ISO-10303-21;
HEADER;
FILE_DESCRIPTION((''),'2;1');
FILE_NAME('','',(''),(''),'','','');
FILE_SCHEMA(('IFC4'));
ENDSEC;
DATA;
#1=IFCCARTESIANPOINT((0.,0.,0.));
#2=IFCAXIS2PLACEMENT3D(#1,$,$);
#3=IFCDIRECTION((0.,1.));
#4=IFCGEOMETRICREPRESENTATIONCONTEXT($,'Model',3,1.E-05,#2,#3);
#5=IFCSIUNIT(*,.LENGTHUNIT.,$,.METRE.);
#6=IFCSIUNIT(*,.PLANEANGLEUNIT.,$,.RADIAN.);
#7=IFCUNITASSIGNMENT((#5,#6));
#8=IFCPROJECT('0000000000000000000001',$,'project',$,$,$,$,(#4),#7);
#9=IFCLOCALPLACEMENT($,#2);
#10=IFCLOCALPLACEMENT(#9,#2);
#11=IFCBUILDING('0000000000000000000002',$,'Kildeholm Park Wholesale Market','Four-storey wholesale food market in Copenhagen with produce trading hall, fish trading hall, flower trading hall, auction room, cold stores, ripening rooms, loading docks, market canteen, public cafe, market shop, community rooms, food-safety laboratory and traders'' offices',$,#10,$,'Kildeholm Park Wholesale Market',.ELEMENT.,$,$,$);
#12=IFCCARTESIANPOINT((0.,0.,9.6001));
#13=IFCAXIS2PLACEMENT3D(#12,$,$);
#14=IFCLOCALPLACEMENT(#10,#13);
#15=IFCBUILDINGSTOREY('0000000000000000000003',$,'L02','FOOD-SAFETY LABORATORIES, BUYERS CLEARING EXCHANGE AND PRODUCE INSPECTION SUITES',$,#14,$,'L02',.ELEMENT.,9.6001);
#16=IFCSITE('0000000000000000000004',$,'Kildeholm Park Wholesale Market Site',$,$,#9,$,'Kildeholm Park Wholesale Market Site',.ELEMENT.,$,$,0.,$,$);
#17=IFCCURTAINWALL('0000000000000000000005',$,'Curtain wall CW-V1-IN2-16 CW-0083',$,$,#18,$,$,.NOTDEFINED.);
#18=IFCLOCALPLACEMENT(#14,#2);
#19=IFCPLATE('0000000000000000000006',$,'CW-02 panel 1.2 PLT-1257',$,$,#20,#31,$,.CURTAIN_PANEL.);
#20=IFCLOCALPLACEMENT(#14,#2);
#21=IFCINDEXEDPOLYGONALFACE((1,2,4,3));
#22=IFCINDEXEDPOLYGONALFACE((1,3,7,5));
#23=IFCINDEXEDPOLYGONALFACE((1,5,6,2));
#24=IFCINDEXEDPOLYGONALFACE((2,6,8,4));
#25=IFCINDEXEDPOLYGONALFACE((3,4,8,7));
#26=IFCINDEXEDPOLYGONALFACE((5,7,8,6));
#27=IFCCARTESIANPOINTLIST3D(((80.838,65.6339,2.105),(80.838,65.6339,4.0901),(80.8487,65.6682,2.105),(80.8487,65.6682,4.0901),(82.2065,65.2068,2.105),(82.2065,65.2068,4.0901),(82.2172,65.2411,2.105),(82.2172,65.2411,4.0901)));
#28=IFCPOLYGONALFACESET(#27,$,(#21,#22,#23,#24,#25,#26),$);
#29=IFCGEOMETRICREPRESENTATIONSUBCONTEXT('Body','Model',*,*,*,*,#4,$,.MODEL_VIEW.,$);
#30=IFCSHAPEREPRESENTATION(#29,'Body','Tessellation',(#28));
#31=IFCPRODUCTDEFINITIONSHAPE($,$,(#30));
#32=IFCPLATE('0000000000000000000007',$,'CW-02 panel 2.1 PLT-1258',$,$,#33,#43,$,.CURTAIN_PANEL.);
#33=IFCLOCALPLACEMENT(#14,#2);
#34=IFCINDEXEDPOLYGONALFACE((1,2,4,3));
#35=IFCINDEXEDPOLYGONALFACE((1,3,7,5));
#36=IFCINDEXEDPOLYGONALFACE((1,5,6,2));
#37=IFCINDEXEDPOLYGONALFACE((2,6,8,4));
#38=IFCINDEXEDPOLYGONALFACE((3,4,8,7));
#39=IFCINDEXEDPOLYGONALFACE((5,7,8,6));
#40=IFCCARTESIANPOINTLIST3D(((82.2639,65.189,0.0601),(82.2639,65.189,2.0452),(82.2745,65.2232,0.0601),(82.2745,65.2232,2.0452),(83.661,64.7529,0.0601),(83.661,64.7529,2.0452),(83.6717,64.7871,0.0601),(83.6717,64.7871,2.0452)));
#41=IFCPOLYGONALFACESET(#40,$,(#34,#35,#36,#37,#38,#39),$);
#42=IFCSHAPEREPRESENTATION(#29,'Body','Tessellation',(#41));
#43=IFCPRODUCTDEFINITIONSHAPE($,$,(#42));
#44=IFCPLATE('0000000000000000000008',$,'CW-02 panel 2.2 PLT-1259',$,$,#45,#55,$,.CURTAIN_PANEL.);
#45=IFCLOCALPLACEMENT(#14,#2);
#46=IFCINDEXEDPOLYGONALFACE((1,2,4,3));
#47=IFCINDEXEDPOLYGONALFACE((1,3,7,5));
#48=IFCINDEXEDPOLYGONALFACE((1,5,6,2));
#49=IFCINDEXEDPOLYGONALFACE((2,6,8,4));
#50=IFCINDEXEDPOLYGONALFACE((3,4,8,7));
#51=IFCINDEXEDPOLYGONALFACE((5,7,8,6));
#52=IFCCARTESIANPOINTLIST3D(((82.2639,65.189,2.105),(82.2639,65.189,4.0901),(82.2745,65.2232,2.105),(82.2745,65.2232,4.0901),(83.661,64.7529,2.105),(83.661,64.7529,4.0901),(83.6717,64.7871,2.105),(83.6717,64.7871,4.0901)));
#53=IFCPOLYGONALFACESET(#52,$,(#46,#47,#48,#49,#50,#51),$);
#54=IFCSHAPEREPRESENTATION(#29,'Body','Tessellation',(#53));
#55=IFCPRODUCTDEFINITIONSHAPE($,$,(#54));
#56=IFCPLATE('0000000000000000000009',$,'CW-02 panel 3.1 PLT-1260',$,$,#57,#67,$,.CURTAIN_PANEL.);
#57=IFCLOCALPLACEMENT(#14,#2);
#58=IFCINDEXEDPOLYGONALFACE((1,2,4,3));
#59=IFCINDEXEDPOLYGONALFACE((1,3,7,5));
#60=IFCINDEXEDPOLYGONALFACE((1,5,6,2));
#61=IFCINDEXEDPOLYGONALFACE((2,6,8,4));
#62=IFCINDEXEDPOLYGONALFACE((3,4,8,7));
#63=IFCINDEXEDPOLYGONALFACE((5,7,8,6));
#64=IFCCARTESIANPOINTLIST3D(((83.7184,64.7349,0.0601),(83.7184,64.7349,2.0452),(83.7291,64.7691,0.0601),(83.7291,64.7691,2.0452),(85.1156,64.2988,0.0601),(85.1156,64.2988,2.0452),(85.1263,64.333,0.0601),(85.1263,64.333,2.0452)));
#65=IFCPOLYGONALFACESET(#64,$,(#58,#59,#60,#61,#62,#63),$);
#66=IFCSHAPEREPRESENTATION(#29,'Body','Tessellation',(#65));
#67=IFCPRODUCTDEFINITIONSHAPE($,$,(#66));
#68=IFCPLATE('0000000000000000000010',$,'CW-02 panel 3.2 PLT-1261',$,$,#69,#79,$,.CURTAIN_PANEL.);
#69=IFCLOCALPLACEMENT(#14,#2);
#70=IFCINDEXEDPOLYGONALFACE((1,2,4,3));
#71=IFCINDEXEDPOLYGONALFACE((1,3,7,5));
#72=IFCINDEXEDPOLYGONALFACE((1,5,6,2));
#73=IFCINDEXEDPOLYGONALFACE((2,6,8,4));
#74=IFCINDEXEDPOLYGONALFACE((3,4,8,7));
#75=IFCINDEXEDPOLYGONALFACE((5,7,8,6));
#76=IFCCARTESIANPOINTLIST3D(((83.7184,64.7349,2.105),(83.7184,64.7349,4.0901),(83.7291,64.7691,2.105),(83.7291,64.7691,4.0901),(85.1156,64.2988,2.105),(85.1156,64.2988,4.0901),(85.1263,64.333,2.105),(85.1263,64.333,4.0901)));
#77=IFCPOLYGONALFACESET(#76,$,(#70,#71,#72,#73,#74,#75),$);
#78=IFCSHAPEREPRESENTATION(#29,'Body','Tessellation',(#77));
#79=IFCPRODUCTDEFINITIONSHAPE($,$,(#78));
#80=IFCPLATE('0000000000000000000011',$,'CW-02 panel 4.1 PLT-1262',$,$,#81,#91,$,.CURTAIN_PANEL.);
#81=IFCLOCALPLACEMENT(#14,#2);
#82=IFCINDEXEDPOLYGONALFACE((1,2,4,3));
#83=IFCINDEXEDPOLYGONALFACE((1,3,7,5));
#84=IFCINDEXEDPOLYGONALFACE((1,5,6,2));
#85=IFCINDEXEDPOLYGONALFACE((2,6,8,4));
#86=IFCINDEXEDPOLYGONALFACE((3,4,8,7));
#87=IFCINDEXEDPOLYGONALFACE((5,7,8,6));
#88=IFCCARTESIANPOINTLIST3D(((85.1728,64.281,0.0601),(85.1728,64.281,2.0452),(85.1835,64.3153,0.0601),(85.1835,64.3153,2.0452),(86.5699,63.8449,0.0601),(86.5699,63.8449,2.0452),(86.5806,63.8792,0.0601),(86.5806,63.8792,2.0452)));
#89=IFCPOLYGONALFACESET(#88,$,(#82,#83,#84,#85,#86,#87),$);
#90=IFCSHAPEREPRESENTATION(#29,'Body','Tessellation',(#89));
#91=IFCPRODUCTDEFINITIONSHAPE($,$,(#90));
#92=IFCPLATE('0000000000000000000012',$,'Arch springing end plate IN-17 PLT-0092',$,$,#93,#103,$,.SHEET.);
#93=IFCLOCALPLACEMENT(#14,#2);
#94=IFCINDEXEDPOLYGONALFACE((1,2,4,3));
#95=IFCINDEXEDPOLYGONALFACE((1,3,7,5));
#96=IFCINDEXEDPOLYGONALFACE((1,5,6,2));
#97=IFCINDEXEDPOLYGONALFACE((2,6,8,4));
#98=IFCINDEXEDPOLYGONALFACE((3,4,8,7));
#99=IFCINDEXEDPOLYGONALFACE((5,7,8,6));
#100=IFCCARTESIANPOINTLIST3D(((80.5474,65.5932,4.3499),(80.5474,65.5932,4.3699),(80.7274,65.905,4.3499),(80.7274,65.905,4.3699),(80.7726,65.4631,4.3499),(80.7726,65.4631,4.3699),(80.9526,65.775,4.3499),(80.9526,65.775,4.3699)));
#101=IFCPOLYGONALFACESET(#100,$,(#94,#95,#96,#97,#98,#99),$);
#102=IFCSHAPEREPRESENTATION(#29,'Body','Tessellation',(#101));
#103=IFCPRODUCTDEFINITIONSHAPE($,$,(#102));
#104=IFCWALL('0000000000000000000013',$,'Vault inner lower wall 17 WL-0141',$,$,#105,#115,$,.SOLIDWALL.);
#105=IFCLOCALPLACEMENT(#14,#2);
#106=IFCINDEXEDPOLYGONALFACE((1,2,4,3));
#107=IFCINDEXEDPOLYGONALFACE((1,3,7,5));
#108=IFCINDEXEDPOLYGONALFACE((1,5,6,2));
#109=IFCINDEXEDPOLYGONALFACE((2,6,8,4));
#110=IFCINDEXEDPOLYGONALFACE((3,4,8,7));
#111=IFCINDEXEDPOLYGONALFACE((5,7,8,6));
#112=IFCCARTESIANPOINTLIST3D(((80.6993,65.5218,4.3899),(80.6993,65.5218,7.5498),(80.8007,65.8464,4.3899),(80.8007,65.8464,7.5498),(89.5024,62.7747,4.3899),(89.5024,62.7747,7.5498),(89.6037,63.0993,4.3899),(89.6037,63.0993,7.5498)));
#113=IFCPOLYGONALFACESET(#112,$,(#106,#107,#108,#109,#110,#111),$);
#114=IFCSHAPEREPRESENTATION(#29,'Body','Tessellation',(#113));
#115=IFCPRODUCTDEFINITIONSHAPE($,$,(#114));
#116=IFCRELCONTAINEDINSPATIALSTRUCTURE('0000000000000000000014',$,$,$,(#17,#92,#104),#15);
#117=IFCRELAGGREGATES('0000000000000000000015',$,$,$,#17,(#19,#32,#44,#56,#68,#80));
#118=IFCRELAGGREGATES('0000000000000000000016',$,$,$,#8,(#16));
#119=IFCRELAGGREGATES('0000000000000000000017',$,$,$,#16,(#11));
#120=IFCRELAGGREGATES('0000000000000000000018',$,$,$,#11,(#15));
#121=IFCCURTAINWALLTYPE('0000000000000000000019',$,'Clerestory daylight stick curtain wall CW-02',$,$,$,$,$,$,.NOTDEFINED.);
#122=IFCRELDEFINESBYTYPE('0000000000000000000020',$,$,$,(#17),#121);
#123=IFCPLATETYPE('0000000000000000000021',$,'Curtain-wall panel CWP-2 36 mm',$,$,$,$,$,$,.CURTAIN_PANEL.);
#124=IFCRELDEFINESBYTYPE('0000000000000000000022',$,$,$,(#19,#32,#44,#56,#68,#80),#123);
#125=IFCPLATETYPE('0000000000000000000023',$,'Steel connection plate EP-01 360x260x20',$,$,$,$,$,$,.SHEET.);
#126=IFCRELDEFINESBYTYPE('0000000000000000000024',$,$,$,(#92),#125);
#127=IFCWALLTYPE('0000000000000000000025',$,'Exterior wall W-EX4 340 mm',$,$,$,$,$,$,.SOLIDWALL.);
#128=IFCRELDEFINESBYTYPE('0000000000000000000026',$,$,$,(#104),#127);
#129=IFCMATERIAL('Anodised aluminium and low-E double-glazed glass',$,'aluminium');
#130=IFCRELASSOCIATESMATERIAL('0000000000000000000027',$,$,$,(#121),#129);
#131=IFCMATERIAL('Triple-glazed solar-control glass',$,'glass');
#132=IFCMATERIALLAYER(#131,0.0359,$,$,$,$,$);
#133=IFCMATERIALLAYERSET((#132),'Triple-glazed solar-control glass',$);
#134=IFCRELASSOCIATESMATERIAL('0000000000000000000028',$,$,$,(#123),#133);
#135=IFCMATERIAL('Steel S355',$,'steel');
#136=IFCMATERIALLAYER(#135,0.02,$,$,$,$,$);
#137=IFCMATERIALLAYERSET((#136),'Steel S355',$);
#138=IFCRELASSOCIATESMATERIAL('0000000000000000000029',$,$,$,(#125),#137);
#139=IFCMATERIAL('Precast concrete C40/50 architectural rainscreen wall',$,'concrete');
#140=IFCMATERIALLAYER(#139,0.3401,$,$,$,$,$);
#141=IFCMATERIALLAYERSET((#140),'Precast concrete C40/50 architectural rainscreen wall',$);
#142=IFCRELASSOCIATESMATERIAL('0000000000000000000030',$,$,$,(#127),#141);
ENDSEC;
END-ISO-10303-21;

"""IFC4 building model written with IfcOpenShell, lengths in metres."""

from ifc_helpers import new_model, si_unit, direction, frame, frame_2d, origin, origin_2d, place, context, subcontext, project, spatial, rectangle, extrude, material, layer, layer_set, type_object, element, aggregate, save


model = new_model("IFC4")

# Units and contexts
model_context = context("Model", 3, precision=1e-05, world=origin(), true_north=direction((0.0, 1.0)))
body_context = subcontext(model_context, "Body", "Model", "MODEL_VIEW")
ifc_project = project(units=[si_unit("LENGTHUNIT", "METRE"), si_unit("PLANEANGLEUNIT", "RADIAN")], contexts=[model_context])

# Site, building, storey
site_placement = place(None, origin())
site = spatial("IfcSite", under=ifc_project, at=site_placement, Name="Kildeholm Park Wholesale Market Site", LongName="Kildeholm Park Wholesale Market Site", CompositionType="ELEMENT", RefElevation=0.0)
building_placement = place(site_placement, origin())
building = spatial("IfcBuilding", under=site, at=building_placement, Name="Kildeholm Park Wholesale Market", Description="Four-storey wholesale food market in Copenhagen with produce trading hall, fish trading hall, flower trading hall, auction room, cold stores, ripening rooms, loading docks, market canteen, public cafe, market shop, community rooms, food-safety laboratory and traders' offices", LongName="Kildeholm Park Wholesale Market", CompositionType="ELEMENT")
storey_placement = place(building_placement, frame((0.0, 0.0, 9.6001)))
storey = spatial("IfcBuildingStorey", under=building, at=storey_placement, Name="L02", Description="FOOD-SAFETY LABORATORIES, BUYERS CLEARING EXCHANGE AND PRODUCE INSPECTION SUITES", LongName="L02", CompositionType="ELEMENT", Elevation=9.6001)

# Shared definitions
ifc_material_1 = material(Name="Steel S355", Category="steel")

# Curtain wall, plates
ifc_material_2 = material(Name="Anodised aluminium and low-E double-glazed glass", Category="aluminium")
curtain_wall_type = type_object("IfcCurtainWallType", Name="Clerestory daylight stick curtain wall CW-02", PredefinedType="NOTDEFINED", material=ifc_material_2)
curtain_wall_placement = place(storey_placement, origin())
curtain_wall = element("IfcCurtainWall", 1, at=curtain_wall_placement, inside=storey, type_object=curtain_wall_type, Name="Curtain wall CW-V1-IN2-16 CW-0083", PredefinedType="NOTDEFINED")
ifc_material_3 = material(Name="Triple-glazed solar-control glass", Category="glass")
ifc_layer_1 = layer(ifc_material_3, 0.0359)
ifc_layer_set_1 = layer_set([ifc_layer_1], Name="Triple-glazed solar-control glass")
plate_type_1 = type_object("IfcPlateType", Name="Curtain-wall panel CWP-2 36 mm", PredefinedType="CURTAIN_PANEL", material=ifc_layer_set_1)
plate_1_placement = place(storey_placement, frame((81.5276, 65.4375, 2.105), z_axis=(0.0, 0.0, 1.0), x_axis=(0.954579, -0.297957, 0.0)))
plate_1 = element("IfcPlate", 2, at=plate_1_placement, type_object=plate_type_1, Name="CW-02 panel 1.2 PLT-1257", PredefinedType="CURTAIN_PANEL", context=body_context, shape_type="SweptSolid", body=[
    extrude(rectangle(XDim=1.4336, YDim=0.0359, at=origin_2d()), origin(), (0.0, 0.0, 1.0), 1.9851),
])
plate_2_placement = place(storey_placement, frame((82.9678, 64.988, 0.0601), z_axis=(0.0, 0.0, 1.0), x_axis=(0.954579, -0.297957, 0.0)))
plate_2 = element("IfcPlate", 3, at=plate_2_placement, type_object=plate_type_1, Name="CW-02 panel 2.1 PLT-1258", PredefinedType="CURTAIN_PANEL", context=body_context, shape_type="SweptSolid", body=[
    extrude(rectangle(XDim=1.4636, YDim=0.0359, at=origin_2d()), origin(), (0.0, 0.0, 1.0), 1.9851),
])
plate_3_placement = place(storey_placement, frame((82.9678, 64.988, 2.105), z_axis=(0.0, 0.0, 1.0), x_axis=(0.954579, -0.297957, 0.0)))
plate_3 = element("IfcPlate", 4, at=plate_3_placement, type_object=plate_type_1, Name="CW-02 panel 2.2 PLT-1259", PredefinedType="CURTAIN_PANEL", context=body_context, shape_type="SweptSolid", body=[
    extrude(rectangle(XDim=1.4636, YDim=0.0359, at=origin_2d()), origin(), (0.0, 0.0, 1.0), 1.9851),
])
plate_4_placement = place(storey_placement, frame((84.4224, 64.5339, 0.0601), z_axis=(0.0, 0.0, 1.0), x_axis=(0.954579, -0.297957, 0.0)))
plate_4 = element("IfcPlate", 5, at=plate_4_placement, type_object=plate_type_1, Name="CW-02 panel 3.1 PLT-1260", PredefinedType="CURTAIN_PANEL", context=body_context, shape_type="SweptSolid", body=[
    extrude(rectangle(XDim=1.4636, YDim=0.0359, at=origin_2d()), origin(), (0.0, 0.0, 1.0), 1.9851),
])
plate_5_placement = place(storey_placement, frame((84.4224, 64.5339, 2.105), z_axis=(0.0, 0.0, 1.0), x_axis=(0.954579, -0.297957, 0.0)))
plate_5 = element("IfcPlate", 6, at=plate_5_placement, type_object=plate_type_1, Name="CW-02 panel 3.2 PLT-1261", PredefinedType="CURTAIN_PANEL", context=body_context, shape_type="SweptSolid", body=[
    extrude(rectangle(XDim=1.4636, YDim=0.0359, at=origin_2d()), origin(), (0.0, 0.0, 1.0), 1.9851),
])
plate_6_placement = place(storey_placement, frame((85.8767, 64.0801, 0.0601), z_axis=(0.0, 0.0, 1.0), x_axis=(0.954579, -0.297957, 0.0)))
plate_6 = element("IfcPlate", 7, at=plate_6_placement, type_object=plate_type_1, Name="CW-02 panel 4.1 PLT-1262", PredefinedType="CURTAIN_PANEL", context=body_context, shape_type="SweptSolid", body=[
    extrude(rectangle(XDim=1.4636, YDim=0.0359, at=origin_2d()), origin(), (0.0, 0.0, 1.0), 1.9851),
])
aggregate(curtain_wall, [plate_1, plate_2, plate_3, plate_4, plate_5, plate_6])

# Plate
ifc_layer_2 = layer(ifc_material_1, 0.02)
ifc_layer_set_2 = layer_set([ifc_layer_2], Name="Steel S355")
plate_type_2 = type_object("IfcPlateType", Name="Steel connection plate EP-01 360x260x20", PredefinedType="SHEET", material=ifc_layer_set_2)
plate_7_placement = place(storey_placement, frame((80.75, 65.6841, 4.3499), z_axis=(0.0, 0.0, 1.0), x_axis=(-0.5, -0.866025, 0.0)))
element("IfcPlate", 8, at=plate_7_placement, inside=storey, type_object=plate_type_2, Name="Arch springing end plate IN-17 PLT-0092", PredefinedType="SHEET", context=body_context, shape_type="SweptSolid", body=[
    extrude(rectangle(XDim=0.3601, YDim=0.26, at=origin_2d()), origin(), (0.0, 0.0, 1.0), 0.02),
])

# Wall
ifc_material_4 = material(Name="Precast concrete C40/50 architectural rainscreen wall", Category="concrete")
ifc_layer_3 = layer(ifc_material_4, 0.3401)
ifc_layer_set_3 = layer_set([ifc_layer_3], Name="Precast concrete C40/50 architectural rainscreen wall")
wall_type = type_object("IfcWallType", Name="Exterior wall W-EX4 340 mm", PredefinedType="SOLIDWALL", material=ifc_layer_set_3)
wall_placement = place(storey_placement, frame((80.75, 65.6841, 4.3899), z_axis=(0.0, 0.0, 1.0), x_axis=(0.954599, -0.297894, 0.0)))
element("IfcWall", 9, at=wall_placement, inside=storey, type_object=wall_type, Name="Vault inner lower wall 17 WL-0141", PredefinedType="SOLIDWALL", context=body_context, shape_type="SweptSolid", body=[
    extrude(rectangle(XDim=9.2217, YDim=0.3401, at=frame_2d((4.6108, 0.0))), origin(), (0.0, 0.0, 1.0), 3.1599),
])

save(model, "model.ifc")
